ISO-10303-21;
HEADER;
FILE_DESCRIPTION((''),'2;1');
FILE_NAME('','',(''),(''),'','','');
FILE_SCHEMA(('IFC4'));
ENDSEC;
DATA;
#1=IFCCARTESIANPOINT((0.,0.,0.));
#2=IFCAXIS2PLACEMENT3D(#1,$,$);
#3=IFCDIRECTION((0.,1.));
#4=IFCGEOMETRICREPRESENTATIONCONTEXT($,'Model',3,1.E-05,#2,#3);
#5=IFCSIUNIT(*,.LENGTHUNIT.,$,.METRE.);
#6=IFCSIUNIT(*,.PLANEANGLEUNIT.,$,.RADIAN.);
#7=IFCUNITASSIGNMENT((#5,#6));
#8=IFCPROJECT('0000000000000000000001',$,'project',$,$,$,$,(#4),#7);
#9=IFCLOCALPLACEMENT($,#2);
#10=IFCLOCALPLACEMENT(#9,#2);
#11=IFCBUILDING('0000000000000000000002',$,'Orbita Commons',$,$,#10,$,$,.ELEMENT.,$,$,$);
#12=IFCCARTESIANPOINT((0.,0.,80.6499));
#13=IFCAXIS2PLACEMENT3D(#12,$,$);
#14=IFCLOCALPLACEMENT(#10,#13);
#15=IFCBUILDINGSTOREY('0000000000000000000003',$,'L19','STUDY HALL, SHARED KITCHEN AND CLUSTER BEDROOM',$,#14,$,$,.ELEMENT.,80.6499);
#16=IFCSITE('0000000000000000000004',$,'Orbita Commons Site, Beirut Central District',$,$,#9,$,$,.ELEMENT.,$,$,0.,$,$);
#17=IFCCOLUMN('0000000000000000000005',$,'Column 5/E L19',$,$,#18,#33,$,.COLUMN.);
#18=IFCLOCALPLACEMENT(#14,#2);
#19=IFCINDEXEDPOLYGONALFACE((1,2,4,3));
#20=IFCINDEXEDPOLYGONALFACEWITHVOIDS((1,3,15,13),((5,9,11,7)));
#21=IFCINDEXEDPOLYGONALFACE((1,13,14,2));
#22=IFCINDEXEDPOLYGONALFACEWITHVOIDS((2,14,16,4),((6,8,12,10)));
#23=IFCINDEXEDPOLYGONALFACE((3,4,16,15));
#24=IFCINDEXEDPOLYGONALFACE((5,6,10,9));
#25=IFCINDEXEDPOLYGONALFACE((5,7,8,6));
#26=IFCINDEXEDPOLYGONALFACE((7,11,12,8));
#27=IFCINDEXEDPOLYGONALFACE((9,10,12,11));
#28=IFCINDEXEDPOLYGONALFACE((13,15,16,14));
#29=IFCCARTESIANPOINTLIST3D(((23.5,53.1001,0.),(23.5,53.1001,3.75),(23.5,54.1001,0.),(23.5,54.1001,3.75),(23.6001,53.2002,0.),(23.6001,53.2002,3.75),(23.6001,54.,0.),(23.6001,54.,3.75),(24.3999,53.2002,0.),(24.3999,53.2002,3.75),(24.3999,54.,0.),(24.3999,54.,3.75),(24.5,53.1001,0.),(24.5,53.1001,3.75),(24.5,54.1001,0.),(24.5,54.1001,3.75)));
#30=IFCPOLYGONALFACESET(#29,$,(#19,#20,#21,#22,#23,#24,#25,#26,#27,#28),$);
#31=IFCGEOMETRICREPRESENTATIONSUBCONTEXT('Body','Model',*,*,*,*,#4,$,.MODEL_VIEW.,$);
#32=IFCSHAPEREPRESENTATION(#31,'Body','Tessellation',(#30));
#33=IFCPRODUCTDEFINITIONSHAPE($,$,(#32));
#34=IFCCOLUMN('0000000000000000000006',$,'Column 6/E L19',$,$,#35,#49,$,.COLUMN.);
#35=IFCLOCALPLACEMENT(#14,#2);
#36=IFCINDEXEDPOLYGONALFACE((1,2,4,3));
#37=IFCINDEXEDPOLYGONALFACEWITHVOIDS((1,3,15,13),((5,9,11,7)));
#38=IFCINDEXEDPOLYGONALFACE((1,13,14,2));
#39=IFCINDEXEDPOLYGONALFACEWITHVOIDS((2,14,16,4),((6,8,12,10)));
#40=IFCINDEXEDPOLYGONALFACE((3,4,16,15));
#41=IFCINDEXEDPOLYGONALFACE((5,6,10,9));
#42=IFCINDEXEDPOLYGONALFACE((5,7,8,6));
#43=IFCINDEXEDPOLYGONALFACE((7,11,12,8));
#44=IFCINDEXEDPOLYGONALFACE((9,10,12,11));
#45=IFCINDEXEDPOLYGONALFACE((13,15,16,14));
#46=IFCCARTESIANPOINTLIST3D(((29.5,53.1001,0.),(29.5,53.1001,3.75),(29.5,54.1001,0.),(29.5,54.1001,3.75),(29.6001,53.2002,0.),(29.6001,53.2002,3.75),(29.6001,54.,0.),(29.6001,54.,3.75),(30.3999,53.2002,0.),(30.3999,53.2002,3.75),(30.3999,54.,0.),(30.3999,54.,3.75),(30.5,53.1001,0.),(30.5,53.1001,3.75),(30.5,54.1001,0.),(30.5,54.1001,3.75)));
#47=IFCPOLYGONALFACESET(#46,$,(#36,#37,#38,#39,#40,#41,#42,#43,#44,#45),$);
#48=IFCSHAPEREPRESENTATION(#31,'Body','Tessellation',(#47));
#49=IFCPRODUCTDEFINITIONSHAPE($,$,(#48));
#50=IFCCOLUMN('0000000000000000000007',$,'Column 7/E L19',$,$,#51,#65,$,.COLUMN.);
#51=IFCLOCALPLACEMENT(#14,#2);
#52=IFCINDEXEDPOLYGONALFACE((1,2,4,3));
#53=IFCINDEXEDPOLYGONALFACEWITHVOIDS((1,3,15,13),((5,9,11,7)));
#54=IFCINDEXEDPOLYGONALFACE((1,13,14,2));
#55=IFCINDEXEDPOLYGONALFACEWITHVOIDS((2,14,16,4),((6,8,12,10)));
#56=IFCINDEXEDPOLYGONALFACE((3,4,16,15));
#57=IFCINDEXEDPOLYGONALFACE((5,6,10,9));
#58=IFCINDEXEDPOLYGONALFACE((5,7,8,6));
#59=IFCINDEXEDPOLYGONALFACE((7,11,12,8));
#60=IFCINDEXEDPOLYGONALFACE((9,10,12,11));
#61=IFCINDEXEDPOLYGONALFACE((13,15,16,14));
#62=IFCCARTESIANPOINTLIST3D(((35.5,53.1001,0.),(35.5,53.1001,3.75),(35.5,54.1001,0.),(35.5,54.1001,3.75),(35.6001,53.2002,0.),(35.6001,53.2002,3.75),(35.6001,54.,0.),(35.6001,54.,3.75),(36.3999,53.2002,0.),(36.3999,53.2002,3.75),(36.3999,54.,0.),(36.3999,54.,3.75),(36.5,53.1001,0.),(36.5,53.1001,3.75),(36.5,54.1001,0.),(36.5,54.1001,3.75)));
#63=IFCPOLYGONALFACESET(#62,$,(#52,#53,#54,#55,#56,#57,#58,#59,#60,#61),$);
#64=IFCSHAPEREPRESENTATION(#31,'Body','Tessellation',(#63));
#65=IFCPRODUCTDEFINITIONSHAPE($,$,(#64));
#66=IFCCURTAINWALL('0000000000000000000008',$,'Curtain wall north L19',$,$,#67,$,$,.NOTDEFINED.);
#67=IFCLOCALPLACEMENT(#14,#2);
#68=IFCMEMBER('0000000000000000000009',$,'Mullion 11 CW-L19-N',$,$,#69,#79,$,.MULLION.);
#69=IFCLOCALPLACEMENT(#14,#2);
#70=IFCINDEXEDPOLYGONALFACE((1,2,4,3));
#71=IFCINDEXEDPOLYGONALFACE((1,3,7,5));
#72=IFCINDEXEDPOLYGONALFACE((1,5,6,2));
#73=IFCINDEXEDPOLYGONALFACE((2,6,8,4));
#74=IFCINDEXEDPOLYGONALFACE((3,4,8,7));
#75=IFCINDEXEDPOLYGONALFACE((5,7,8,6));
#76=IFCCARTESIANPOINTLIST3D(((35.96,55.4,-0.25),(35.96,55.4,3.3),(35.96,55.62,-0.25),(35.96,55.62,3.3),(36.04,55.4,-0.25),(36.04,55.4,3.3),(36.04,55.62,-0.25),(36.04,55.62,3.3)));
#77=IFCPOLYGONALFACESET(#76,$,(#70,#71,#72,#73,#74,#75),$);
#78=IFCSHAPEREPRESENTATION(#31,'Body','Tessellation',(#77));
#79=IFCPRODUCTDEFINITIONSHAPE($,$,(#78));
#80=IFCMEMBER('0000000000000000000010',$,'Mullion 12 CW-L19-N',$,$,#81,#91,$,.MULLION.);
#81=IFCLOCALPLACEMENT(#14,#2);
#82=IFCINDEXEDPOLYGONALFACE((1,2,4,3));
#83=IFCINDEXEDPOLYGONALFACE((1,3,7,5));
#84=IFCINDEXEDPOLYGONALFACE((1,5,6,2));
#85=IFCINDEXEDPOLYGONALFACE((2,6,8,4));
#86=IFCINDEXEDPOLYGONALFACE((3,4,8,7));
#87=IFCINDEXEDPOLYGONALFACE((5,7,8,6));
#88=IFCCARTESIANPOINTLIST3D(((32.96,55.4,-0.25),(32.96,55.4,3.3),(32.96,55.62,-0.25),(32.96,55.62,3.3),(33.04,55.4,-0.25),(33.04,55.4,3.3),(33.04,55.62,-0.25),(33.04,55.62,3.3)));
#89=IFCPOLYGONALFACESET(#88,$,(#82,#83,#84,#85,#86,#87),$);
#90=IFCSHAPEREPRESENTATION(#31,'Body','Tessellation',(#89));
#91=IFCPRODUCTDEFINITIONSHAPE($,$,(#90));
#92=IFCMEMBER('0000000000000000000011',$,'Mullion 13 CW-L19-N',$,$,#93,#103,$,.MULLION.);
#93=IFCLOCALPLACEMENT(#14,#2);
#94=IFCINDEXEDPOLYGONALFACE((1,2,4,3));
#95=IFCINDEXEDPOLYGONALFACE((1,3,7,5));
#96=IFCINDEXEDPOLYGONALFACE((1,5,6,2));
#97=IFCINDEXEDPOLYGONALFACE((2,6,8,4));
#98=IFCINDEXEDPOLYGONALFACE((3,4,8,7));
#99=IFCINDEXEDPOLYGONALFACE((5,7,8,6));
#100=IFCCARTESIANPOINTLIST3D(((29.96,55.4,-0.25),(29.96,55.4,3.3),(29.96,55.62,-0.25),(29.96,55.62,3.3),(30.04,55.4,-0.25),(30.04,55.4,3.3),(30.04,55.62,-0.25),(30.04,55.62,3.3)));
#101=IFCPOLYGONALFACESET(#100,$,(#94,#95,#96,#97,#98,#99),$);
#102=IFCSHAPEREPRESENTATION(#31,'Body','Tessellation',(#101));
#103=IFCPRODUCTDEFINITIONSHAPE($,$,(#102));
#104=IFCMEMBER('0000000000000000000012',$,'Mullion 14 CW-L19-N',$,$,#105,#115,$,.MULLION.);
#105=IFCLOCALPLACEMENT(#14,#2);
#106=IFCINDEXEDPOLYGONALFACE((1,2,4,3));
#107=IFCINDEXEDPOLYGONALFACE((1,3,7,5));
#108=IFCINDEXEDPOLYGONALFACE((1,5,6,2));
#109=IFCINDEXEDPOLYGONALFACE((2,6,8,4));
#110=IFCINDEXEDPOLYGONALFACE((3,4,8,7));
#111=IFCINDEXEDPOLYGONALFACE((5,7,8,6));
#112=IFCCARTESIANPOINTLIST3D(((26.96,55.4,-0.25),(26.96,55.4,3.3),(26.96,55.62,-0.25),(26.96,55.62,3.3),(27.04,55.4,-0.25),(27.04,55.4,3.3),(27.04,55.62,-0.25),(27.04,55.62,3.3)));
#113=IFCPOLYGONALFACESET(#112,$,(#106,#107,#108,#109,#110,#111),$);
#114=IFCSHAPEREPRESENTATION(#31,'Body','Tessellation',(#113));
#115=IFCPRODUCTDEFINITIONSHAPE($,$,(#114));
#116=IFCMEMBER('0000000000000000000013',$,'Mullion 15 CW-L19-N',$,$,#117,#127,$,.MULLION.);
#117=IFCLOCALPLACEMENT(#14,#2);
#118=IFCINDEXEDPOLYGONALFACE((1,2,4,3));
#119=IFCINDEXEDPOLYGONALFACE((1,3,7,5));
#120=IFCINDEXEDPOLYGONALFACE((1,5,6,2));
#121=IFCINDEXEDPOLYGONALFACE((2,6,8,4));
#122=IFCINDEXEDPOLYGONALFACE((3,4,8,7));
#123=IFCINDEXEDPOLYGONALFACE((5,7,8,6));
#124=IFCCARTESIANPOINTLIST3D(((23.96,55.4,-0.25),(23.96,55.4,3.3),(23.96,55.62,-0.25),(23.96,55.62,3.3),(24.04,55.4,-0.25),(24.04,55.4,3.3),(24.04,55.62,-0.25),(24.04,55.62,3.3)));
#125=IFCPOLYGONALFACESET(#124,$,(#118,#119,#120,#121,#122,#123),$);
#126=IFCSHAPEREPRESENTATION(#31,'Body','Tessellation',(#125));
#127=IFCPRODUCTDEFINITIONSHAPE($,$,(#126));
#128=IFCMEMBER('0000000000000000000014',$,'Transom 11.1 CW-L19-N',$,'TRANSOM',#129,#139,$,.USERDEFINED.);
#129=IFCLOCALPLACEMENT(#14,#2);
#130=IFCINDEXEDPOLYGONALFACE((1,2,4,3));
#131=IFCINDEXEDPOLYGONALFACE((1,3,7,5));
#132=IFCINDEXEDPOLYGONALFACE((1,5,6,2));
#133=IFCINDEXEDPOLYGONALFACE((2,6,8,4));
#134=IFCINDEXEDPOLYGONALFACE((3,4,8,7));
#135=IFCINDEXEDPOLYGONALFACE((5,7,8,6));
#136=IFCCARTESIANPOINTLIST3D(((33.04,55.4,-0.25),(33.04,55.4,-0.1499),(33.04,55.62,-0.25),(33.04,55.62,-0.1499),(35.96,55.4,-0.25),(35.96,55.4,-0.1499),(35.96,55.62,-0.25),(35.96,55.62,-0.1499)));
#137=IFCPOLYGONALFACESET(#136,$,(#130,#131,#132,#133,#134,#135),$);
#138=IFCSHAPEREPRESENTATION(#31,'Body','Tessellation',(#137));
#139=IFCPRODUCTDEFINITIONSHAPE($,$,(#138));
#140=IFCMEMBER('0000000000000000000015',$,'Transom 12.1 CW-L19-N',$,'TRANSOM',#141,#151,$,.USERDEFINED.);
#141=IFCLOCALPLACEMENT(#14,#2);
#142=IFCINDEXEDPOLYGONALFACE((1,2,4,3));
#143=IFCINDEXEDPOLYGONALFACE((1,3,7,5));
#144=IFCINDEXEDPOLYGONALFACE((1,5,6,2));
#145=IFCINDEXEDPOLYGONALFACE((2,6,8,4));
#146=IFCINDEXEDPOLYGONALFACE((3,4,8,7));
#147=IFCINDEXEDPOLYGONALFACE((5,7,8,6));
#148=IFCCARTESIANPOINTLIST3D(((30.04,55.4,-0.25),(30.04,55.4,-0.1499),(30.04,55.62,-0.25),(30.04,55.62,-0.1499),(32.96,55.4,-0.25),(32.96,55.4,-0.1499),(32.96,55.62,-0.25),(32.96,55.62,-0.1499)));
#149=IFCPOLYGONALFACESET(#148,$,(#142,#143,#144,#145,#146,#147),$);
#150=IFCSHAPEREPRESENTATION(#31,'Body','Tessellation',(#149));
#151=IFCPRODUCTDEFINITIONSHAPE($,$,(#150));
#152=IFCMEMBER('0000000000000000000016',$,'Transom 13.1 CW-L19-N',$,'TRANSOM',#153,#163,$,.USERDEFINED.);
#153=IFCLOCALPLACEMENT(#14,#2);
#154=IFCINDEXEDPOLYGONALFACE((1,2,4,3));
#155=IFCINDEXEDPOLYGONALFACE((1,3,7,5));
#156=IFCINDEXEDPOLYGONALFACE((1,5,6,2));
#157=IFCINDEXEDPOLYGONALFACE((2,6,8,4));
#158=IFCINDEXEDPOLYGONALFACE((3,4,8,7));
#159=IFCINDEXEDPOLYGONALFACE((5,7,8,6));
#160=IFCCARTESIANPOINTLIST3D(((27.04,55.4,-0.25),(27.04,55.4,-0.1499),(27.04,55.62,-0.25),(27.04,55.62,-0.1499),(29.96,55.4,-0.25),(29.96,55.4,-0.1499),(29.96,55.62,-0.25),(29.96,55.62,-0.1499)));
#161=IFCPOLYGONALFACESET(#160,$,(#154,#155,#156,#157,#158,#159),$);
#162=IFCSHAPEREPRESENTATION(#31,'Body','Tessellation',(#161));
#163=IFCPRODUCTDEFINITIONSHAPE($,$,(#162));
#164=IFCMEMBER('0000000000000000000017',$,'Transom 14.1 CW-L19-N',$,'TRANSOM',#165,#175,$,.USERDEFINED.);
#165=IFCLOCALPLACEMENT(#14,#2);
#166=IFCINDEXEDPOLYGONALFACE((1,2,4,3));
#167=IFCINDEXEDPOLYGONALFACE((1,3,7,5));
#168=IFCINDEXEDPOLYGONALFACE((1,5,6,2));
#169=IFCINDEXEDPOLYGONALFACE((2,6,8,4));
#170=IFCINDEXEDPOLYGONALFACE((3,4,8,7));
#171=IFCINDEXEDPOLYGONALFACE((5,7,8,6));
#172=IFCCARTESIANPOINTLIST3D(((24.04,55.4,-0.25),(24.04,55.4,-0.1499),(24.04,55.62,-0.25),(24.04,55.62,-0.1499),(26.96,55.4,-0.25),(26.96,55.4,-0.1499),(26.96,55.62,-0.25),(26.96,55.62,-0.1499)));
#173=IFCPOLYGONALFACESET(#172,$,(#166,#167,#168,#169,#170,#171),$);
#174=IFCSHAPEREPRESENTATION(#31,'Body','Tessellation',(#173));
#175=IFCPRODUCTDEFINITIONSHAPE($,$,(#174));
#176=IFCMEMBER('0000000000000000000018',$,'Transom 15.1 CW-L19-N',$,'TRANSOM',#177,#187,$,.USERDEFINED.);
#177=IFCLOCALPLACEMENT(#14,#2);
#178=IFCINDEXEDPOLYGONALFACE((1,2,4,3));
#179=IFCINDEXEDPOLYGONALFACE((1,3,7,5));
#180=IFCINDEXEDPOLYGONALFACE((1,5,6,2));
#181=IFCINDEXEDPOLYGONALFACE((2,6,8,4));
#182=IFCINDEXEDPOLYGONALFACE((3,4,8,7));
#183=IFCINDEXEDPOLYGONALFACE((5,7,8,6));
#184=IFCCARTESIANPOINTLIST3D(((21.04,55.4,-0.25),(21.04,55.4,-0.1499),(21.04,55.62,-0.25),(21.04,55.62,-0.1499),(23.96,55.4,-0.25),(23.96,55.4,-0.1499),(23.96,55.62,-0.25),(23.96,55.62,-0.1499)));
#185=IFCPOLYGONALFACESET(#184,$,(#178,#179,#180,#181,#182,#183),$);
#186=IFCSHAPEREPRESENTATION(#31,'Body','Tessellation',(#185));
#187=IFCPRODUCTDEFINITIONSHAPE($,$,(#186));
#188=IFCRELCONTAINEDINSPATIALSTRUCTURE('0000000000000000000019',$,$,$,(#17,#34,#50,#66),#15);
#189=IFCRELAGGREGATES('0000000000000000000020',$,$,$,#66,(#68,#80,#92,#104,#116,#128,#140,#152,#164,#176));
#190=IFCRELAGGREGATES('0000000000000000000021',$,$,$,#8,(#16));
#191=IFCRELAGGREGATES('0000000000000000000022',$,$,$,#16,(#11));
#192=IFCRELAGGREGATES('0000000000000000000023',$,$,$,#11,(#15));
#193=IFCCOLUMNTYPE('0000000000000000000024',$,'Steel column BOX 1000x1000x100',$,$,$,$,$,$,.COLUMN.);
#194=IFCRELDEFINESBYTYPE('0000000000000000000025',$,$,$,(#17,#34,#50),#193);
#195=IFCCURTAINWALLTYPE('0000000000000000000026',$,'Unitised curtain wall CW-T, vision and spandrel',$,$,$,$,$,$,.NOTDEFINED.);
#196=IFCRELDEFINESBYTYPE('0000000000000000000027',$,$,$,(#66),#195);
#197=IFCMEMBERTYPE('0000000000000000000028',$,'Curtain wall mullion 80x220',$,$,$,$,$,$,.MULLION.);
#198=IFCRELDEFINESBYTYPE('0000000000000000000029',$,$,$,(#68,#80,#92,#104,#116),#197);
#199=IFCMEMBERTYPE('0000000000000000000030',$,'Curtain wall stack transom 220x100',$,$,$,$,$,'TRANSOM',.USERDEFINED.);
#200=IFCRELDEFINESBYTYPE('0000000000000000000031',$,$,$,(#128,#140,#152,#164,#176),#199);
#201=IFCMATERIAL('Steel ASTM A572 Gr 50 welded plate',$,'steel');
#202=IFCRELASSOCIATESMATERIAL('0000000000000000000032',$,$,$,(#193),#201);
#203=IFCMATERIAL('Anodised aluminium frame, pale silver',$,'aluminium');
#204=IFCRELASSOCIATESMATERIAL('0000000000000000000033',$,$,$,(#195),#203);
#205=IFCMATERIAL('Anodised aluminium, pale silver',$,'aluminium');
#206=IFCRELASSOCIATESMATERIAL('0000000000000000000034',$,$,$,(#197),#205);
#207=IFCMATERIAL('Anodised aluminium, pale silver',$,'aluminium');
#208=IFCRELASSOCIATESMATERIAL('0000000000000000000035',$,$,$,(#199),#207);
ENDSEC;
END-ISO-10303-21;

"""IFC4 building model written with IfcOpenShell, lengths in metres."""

from ifc_helpers import new_model, si_unit, direction, frame, origin, origin_2d, place, context, subcontext, project, spatial, rectangle, hollow_rectangle, extrude, material, material_profile, profile_set, type_object, element, aggregate, save


model = new_model("IFC4")

# Units and contexts
model_context = context("Model", 3, precision=1e-05, world=origin(), true_north=direction((0.0, 1.0)))
body_context = subcontext(model_context, "Body", "Model", "MODEL_VIEW")
ifc_project = project(units=[si_unit("LENGTHUNIT", "METRE"), si_unit("PLANEANGLEUNIT", "RADIAN")], contexts=[model_context])

# Site, building, storey
site_placement = place(None, origin())
site = spatial("IfcSite", under=ifc_project, at=site_placement, Name="Orbita Commons Site, Beirut Central District", CompositionType="ELEMENT", RefElevation=0.0)
building_placement = place(site_placement, origin())
building = spatial("IfcBuilding", under=site, at=building_placement, Name="Orbita Commons", CompositionType="ELEMENT")
storey_placement = place(building_placement, frame((0.0, 0.0, 80.6499)))
storey = spatial("IfcBuildingStorey", under=building, at=storey_placement, Name="L19", Description="STUDY HALL, SHARED KITCHEN AND CLUSTER BEDROOM", CompositionType="ELEMENT", Elevation=80.6499)

# Columns
ifc_material_1 = material(Name="Steel ASTM A572 Gr 50 welded plate", Category="steel")
ifc_material_profile_1 = material_profile(ifc_material_1, hollow_rectangle(XDim=1.0, YDim=1.0, WallThickness=0.1001, at=origin_2d()), Name="BOX 1000x1000x100")
ifc_profile_set_1 = profile_set([ifc_material_profile_1], Name="Steel ASTM A572 Gr 50 welded plate")
column_type = type_object("IfcColumnType", Name="Steel column BOX 1000x1000x100", PredefinedType="COLUMN", material=ifc_profile_set_1)
for number, where, z_axis, x_axis, name in (
    (1, (24.0, 53.6001, 0.0), (0.0, 0.0, 1.0), (1.0, 0.0, 0.0), "Column 5/E L19"),
    (2, (30.0, 53.6001, 0.0), (0.0, 0.0, 1.0), (1.0, 0.0, 0.0), "Column 6/E L19"),
    (3, (36.0, 53.6001, 0.0), (0.0, 0.0, 1.0), (1.0, 0.0, 0.0), "Column 7/E L19"),
):
    element("IfcColumn", number, at=place(storey_placement, frame(where, z_axis=z_axis, x_axis=x_axis)), inside=storey, type_object=column_type, Name=name, PredefinedType="COLUMN", context=body_context, shape_type="SweptSolid", body=[
        extrude(hollow_rectangle(XDim=1.0, YDim=1.0, WallThickness=0.1001, at=origin_2d()), origin(), (0.0, 0.0, 1.0), 3.75),
    ])

# Curtain wall, members
ifc_material_2 = material(Name="Anodised aluminium frame, pale silver", Category="aluminium")
curtain_wall_type = type_object("IfcCurtainWallType", Name="Unitised curtain wall CW-T, vision and spandrel", PredefinedType="NOTDEFINED", material=ifc_material_2)
curtain_wall_placement = place(storey_placement, origin())
curtain_wall = element("IfcCurtainWall", 4, at=curtain_wall_placement, inside=storey, type_object=curtain_wall_type, Name="Curtain wall north L19", PredefinedType="NOTDEFINED")
ifc_material_3 = material(Name="Anodised aluminium, pale silver", Category="aluminium")
ifc_material_profile_2 = material_profile(ifc_material_3, rectangle(XDim=0.0801, YDim=0.22, at=origin_2d()), Name="AL 80x220")
ifc_profile_set_2 = profile_set([ifc_material_profile_2], Name="Anodised aluminium, pale silver")
member_type_1 = type_object("IfcMemberType", Name="Curtain wall mullion 80x220", PredefinedType="MULLION", material=ifc_profile_set_2)
member_1_placement = place(storey_placement, frame((36.0, 55.51, -0.25), z_axis=(0.0, 0.0, 1.0), x_axis=(-1.0, 0.0, 0.0)))
member_1 = element("IfcMember", 5, at=member_1_placement, type_object=member_type_1, Name="Mullion 11 CW-L19-N", PredefinedType="MULLION", context=body_context, shape_type="SweptSolid", body=[
    extrude(rectangle(XDim=0.0801, YDim=0.22, at=origin_2d()), origin(), (0.0, 0.0, 1.0), 3.55),
])
member_2_placement = place(storey_placement, frame((33.0, 55.51, -0.25), z_axis=(0.0, 0.0, 1.0), x_axis=(-1.0, 0.0, 0.0)))
member_2 = element("IfcMember", 6, at=member_2_placement, type_object=member_type_1, Name="Mullion 12 CW-L19-N", PredefinedType="MULLION", context=body_context, shape_type="SweptSolid", body=[
    extrude(rectangle(XDim=0.0801, YDim=0.22, at=origin_2d()), origin(), (0.0, 0.0, 1.0), 3.55),
])
member_3_placement = place(storey_placement, frame((30.0, 55.51, -0.25), z_axis=(0.0, 0.0, 1.0), x_axis=(-1.0, 0.0, 0.0)))
member_3 = element("IfcMember", 7, at=member_3_placement, type_object=member_type_1, Name="Mullion 13 CW-L19-N", PredefinedType="MULLION", context=body_context, shape_type="SweptSolid", body=[
    extrude(rectangle(XDim=0.0801, YDim=0.22, at=origin_2d()), origin(), (0.0, 0.0, 1.0), 3.55),
])
member_4_placement = place(storey_placement, frame((27.0, 55.51, -0.25), z_axis=(0.0, 0.0, 1.0), x_axis=(-1.0, 0.0, 0.0)))
member_4 = element("IfcMember", 8, at=member_4_placement, type_object=member_type_1, Name="Mullion 14 CW-L19-N", PredefinedType="MULLION", context=body_context, shape_type="SweptSolid", body=[
    extrude(rectangle(XDim=0.0801, YDim=0.22, at=origin_2d()), origin(), (0.0, 0.0, 1.0), 3.55),
])
member_5_placement = place(storey_placement, frame((24.0, 55.51, -0.25), z_axis=(0.0, 0.0, 1.0), x_axis=(-1.0, 0.0, 0.0)))
member_5 = element("IfcMember", 9, at=member_5_placement, type_object=member_type_1, Name="Mullion 15 CW-L19-N", PredefinedType="MULLION", context=body_context, shape_type="SweptSolid", body=[
    extrude(rectangle(XDim=0.0801, YDim=0.22, at=origin_2d()), origin(), (0.0, 0.0, 1.0), 3.55),
])
ifc_material_4 = material(Name="Anodised aluminium, pale silver", Category="aluminium")
ifc_material_profile_3 = material_profile(ifc_material_4, rectangle(XDim=0.22, YDim=0.1001, at=origin_2d()), Name="AL 220x100")
ifc_profile_set_3 = profile_set([ifc_material_profile_3], Name="Anodised aluminium, pale silver")
member_type_2 = type_object("IfcMemberType", Name="Curtain wall stack transom 220x100", ElementType="TRANSOM", PredefinedType="USERDEFINED", material=ifc_profile_set_3)
member_6_placement = place(storey_placement, frame((35.96, 55.51, -0.2), z_axis=(-1.0, 0.0, 0.0), x_axis=(0.0, -1.0, 0.0)))
member_6 = element("IfcMember", 10, at=member_6_placement, type_object=member_type_2, Name="Transom 11.1 CW-L19-N", ObjectType="TRANSOM", PredefinedType="USERDEFINED", context=body_context, shape_type="SweptSolid", body=[
    extrude(rectangle(XDim=0.22, YDim=0.1001, at=origin_2d()), origin(), (0.0, 0.0, 1.0), 2.9199),
])
member_7_placement = place(storey_placement, frame((32.96, 55.51, -0.2), z_axis=(-1.0, 0.0, 0.0), x_axis=(0.0, -1.0, 0.0)))
member_7 = element("IfcMember", 11, at=member_7_placement, type_object=member_type_2, Name="Transom 12.1 CW-L19-N", ObjectType="TRANSOM", PredefinedType="USERDEFINED", context=body_context, shape_type="SweptSolid", body=[
    extrude(rectangle(XDim=0.22, YDim=0.1001, at=origin_2d()), origin(), (0.0, 0.0, 1.0), 2.9199),
])
member_8_placement = place(storey_placement, frame((29.96, 55.51, -0.2), z_axis=(-1.0, 0.0, 0.0), x_axis=(0.0, -1.0, 0.0)))
member_8 = element("IfcMember", 12, at=member_8_placement, type_object=member_type_2, Name="Transom 13.1 CW-L19-N", ObjectType="TRANSOM", PredefinedType="USERDEFINED", context=body_context, shape_type="SweptSolid", body=[
    extrude(rectangle(XDim=0.22, YDim=0.1001, at=origin_2d()), origin(), (0.0, 0.0, 1.0), 2.9199),
])
member_9_placement = place(storey_placement, frame((26.96, 55.51, -0.2), z_axis=(-1.0, 0.0, 0.0), x_axis=(0.0, -1.0, 0.0)))
member_9 = element("IfcMember", 13, at=member_9_placement, type_object=member_type_2, Name="Transom 14.1 CW-L19-N", ObjectType="TRANSOM", PredefinedType="USERDEFINED", context=body_context, shape_type="SweptSolid", body=[
    extrude(rectangle(XDim=0.22, YDim=0.1001, at=origin_2d()), origin(), (0.0, 0.0, 1.0), 2.9199),
])
member_10_placement = place(storey_placement, frame((23.96, 55.51, -0.2), z_axis=(-1.0, 0.0, 0.0), x_axis=(0.0, -1.0, 0.0)))
member_10 = element("IfcMember", 14, at=member_10_placement, type_object=member_type_2, Name="Transom 15.1 CW-L19-N", ObjectType="TRANSOM", PredefinedType="USERDEFINED", context=body_context, shape_type="SweptSolid", body=[
    extrude(rectangle(XDim=0.22, YDim=0.1001, at=origin_2d()), origin(), (0.0, 0.0, 1.0), 2.9199),
])

aggregate(curtain_wall, [member_1, member_2, member_3, member_4, member_5, member_6, member_7, member_8, member_9, member_10])

save(model, "model.ifc")
